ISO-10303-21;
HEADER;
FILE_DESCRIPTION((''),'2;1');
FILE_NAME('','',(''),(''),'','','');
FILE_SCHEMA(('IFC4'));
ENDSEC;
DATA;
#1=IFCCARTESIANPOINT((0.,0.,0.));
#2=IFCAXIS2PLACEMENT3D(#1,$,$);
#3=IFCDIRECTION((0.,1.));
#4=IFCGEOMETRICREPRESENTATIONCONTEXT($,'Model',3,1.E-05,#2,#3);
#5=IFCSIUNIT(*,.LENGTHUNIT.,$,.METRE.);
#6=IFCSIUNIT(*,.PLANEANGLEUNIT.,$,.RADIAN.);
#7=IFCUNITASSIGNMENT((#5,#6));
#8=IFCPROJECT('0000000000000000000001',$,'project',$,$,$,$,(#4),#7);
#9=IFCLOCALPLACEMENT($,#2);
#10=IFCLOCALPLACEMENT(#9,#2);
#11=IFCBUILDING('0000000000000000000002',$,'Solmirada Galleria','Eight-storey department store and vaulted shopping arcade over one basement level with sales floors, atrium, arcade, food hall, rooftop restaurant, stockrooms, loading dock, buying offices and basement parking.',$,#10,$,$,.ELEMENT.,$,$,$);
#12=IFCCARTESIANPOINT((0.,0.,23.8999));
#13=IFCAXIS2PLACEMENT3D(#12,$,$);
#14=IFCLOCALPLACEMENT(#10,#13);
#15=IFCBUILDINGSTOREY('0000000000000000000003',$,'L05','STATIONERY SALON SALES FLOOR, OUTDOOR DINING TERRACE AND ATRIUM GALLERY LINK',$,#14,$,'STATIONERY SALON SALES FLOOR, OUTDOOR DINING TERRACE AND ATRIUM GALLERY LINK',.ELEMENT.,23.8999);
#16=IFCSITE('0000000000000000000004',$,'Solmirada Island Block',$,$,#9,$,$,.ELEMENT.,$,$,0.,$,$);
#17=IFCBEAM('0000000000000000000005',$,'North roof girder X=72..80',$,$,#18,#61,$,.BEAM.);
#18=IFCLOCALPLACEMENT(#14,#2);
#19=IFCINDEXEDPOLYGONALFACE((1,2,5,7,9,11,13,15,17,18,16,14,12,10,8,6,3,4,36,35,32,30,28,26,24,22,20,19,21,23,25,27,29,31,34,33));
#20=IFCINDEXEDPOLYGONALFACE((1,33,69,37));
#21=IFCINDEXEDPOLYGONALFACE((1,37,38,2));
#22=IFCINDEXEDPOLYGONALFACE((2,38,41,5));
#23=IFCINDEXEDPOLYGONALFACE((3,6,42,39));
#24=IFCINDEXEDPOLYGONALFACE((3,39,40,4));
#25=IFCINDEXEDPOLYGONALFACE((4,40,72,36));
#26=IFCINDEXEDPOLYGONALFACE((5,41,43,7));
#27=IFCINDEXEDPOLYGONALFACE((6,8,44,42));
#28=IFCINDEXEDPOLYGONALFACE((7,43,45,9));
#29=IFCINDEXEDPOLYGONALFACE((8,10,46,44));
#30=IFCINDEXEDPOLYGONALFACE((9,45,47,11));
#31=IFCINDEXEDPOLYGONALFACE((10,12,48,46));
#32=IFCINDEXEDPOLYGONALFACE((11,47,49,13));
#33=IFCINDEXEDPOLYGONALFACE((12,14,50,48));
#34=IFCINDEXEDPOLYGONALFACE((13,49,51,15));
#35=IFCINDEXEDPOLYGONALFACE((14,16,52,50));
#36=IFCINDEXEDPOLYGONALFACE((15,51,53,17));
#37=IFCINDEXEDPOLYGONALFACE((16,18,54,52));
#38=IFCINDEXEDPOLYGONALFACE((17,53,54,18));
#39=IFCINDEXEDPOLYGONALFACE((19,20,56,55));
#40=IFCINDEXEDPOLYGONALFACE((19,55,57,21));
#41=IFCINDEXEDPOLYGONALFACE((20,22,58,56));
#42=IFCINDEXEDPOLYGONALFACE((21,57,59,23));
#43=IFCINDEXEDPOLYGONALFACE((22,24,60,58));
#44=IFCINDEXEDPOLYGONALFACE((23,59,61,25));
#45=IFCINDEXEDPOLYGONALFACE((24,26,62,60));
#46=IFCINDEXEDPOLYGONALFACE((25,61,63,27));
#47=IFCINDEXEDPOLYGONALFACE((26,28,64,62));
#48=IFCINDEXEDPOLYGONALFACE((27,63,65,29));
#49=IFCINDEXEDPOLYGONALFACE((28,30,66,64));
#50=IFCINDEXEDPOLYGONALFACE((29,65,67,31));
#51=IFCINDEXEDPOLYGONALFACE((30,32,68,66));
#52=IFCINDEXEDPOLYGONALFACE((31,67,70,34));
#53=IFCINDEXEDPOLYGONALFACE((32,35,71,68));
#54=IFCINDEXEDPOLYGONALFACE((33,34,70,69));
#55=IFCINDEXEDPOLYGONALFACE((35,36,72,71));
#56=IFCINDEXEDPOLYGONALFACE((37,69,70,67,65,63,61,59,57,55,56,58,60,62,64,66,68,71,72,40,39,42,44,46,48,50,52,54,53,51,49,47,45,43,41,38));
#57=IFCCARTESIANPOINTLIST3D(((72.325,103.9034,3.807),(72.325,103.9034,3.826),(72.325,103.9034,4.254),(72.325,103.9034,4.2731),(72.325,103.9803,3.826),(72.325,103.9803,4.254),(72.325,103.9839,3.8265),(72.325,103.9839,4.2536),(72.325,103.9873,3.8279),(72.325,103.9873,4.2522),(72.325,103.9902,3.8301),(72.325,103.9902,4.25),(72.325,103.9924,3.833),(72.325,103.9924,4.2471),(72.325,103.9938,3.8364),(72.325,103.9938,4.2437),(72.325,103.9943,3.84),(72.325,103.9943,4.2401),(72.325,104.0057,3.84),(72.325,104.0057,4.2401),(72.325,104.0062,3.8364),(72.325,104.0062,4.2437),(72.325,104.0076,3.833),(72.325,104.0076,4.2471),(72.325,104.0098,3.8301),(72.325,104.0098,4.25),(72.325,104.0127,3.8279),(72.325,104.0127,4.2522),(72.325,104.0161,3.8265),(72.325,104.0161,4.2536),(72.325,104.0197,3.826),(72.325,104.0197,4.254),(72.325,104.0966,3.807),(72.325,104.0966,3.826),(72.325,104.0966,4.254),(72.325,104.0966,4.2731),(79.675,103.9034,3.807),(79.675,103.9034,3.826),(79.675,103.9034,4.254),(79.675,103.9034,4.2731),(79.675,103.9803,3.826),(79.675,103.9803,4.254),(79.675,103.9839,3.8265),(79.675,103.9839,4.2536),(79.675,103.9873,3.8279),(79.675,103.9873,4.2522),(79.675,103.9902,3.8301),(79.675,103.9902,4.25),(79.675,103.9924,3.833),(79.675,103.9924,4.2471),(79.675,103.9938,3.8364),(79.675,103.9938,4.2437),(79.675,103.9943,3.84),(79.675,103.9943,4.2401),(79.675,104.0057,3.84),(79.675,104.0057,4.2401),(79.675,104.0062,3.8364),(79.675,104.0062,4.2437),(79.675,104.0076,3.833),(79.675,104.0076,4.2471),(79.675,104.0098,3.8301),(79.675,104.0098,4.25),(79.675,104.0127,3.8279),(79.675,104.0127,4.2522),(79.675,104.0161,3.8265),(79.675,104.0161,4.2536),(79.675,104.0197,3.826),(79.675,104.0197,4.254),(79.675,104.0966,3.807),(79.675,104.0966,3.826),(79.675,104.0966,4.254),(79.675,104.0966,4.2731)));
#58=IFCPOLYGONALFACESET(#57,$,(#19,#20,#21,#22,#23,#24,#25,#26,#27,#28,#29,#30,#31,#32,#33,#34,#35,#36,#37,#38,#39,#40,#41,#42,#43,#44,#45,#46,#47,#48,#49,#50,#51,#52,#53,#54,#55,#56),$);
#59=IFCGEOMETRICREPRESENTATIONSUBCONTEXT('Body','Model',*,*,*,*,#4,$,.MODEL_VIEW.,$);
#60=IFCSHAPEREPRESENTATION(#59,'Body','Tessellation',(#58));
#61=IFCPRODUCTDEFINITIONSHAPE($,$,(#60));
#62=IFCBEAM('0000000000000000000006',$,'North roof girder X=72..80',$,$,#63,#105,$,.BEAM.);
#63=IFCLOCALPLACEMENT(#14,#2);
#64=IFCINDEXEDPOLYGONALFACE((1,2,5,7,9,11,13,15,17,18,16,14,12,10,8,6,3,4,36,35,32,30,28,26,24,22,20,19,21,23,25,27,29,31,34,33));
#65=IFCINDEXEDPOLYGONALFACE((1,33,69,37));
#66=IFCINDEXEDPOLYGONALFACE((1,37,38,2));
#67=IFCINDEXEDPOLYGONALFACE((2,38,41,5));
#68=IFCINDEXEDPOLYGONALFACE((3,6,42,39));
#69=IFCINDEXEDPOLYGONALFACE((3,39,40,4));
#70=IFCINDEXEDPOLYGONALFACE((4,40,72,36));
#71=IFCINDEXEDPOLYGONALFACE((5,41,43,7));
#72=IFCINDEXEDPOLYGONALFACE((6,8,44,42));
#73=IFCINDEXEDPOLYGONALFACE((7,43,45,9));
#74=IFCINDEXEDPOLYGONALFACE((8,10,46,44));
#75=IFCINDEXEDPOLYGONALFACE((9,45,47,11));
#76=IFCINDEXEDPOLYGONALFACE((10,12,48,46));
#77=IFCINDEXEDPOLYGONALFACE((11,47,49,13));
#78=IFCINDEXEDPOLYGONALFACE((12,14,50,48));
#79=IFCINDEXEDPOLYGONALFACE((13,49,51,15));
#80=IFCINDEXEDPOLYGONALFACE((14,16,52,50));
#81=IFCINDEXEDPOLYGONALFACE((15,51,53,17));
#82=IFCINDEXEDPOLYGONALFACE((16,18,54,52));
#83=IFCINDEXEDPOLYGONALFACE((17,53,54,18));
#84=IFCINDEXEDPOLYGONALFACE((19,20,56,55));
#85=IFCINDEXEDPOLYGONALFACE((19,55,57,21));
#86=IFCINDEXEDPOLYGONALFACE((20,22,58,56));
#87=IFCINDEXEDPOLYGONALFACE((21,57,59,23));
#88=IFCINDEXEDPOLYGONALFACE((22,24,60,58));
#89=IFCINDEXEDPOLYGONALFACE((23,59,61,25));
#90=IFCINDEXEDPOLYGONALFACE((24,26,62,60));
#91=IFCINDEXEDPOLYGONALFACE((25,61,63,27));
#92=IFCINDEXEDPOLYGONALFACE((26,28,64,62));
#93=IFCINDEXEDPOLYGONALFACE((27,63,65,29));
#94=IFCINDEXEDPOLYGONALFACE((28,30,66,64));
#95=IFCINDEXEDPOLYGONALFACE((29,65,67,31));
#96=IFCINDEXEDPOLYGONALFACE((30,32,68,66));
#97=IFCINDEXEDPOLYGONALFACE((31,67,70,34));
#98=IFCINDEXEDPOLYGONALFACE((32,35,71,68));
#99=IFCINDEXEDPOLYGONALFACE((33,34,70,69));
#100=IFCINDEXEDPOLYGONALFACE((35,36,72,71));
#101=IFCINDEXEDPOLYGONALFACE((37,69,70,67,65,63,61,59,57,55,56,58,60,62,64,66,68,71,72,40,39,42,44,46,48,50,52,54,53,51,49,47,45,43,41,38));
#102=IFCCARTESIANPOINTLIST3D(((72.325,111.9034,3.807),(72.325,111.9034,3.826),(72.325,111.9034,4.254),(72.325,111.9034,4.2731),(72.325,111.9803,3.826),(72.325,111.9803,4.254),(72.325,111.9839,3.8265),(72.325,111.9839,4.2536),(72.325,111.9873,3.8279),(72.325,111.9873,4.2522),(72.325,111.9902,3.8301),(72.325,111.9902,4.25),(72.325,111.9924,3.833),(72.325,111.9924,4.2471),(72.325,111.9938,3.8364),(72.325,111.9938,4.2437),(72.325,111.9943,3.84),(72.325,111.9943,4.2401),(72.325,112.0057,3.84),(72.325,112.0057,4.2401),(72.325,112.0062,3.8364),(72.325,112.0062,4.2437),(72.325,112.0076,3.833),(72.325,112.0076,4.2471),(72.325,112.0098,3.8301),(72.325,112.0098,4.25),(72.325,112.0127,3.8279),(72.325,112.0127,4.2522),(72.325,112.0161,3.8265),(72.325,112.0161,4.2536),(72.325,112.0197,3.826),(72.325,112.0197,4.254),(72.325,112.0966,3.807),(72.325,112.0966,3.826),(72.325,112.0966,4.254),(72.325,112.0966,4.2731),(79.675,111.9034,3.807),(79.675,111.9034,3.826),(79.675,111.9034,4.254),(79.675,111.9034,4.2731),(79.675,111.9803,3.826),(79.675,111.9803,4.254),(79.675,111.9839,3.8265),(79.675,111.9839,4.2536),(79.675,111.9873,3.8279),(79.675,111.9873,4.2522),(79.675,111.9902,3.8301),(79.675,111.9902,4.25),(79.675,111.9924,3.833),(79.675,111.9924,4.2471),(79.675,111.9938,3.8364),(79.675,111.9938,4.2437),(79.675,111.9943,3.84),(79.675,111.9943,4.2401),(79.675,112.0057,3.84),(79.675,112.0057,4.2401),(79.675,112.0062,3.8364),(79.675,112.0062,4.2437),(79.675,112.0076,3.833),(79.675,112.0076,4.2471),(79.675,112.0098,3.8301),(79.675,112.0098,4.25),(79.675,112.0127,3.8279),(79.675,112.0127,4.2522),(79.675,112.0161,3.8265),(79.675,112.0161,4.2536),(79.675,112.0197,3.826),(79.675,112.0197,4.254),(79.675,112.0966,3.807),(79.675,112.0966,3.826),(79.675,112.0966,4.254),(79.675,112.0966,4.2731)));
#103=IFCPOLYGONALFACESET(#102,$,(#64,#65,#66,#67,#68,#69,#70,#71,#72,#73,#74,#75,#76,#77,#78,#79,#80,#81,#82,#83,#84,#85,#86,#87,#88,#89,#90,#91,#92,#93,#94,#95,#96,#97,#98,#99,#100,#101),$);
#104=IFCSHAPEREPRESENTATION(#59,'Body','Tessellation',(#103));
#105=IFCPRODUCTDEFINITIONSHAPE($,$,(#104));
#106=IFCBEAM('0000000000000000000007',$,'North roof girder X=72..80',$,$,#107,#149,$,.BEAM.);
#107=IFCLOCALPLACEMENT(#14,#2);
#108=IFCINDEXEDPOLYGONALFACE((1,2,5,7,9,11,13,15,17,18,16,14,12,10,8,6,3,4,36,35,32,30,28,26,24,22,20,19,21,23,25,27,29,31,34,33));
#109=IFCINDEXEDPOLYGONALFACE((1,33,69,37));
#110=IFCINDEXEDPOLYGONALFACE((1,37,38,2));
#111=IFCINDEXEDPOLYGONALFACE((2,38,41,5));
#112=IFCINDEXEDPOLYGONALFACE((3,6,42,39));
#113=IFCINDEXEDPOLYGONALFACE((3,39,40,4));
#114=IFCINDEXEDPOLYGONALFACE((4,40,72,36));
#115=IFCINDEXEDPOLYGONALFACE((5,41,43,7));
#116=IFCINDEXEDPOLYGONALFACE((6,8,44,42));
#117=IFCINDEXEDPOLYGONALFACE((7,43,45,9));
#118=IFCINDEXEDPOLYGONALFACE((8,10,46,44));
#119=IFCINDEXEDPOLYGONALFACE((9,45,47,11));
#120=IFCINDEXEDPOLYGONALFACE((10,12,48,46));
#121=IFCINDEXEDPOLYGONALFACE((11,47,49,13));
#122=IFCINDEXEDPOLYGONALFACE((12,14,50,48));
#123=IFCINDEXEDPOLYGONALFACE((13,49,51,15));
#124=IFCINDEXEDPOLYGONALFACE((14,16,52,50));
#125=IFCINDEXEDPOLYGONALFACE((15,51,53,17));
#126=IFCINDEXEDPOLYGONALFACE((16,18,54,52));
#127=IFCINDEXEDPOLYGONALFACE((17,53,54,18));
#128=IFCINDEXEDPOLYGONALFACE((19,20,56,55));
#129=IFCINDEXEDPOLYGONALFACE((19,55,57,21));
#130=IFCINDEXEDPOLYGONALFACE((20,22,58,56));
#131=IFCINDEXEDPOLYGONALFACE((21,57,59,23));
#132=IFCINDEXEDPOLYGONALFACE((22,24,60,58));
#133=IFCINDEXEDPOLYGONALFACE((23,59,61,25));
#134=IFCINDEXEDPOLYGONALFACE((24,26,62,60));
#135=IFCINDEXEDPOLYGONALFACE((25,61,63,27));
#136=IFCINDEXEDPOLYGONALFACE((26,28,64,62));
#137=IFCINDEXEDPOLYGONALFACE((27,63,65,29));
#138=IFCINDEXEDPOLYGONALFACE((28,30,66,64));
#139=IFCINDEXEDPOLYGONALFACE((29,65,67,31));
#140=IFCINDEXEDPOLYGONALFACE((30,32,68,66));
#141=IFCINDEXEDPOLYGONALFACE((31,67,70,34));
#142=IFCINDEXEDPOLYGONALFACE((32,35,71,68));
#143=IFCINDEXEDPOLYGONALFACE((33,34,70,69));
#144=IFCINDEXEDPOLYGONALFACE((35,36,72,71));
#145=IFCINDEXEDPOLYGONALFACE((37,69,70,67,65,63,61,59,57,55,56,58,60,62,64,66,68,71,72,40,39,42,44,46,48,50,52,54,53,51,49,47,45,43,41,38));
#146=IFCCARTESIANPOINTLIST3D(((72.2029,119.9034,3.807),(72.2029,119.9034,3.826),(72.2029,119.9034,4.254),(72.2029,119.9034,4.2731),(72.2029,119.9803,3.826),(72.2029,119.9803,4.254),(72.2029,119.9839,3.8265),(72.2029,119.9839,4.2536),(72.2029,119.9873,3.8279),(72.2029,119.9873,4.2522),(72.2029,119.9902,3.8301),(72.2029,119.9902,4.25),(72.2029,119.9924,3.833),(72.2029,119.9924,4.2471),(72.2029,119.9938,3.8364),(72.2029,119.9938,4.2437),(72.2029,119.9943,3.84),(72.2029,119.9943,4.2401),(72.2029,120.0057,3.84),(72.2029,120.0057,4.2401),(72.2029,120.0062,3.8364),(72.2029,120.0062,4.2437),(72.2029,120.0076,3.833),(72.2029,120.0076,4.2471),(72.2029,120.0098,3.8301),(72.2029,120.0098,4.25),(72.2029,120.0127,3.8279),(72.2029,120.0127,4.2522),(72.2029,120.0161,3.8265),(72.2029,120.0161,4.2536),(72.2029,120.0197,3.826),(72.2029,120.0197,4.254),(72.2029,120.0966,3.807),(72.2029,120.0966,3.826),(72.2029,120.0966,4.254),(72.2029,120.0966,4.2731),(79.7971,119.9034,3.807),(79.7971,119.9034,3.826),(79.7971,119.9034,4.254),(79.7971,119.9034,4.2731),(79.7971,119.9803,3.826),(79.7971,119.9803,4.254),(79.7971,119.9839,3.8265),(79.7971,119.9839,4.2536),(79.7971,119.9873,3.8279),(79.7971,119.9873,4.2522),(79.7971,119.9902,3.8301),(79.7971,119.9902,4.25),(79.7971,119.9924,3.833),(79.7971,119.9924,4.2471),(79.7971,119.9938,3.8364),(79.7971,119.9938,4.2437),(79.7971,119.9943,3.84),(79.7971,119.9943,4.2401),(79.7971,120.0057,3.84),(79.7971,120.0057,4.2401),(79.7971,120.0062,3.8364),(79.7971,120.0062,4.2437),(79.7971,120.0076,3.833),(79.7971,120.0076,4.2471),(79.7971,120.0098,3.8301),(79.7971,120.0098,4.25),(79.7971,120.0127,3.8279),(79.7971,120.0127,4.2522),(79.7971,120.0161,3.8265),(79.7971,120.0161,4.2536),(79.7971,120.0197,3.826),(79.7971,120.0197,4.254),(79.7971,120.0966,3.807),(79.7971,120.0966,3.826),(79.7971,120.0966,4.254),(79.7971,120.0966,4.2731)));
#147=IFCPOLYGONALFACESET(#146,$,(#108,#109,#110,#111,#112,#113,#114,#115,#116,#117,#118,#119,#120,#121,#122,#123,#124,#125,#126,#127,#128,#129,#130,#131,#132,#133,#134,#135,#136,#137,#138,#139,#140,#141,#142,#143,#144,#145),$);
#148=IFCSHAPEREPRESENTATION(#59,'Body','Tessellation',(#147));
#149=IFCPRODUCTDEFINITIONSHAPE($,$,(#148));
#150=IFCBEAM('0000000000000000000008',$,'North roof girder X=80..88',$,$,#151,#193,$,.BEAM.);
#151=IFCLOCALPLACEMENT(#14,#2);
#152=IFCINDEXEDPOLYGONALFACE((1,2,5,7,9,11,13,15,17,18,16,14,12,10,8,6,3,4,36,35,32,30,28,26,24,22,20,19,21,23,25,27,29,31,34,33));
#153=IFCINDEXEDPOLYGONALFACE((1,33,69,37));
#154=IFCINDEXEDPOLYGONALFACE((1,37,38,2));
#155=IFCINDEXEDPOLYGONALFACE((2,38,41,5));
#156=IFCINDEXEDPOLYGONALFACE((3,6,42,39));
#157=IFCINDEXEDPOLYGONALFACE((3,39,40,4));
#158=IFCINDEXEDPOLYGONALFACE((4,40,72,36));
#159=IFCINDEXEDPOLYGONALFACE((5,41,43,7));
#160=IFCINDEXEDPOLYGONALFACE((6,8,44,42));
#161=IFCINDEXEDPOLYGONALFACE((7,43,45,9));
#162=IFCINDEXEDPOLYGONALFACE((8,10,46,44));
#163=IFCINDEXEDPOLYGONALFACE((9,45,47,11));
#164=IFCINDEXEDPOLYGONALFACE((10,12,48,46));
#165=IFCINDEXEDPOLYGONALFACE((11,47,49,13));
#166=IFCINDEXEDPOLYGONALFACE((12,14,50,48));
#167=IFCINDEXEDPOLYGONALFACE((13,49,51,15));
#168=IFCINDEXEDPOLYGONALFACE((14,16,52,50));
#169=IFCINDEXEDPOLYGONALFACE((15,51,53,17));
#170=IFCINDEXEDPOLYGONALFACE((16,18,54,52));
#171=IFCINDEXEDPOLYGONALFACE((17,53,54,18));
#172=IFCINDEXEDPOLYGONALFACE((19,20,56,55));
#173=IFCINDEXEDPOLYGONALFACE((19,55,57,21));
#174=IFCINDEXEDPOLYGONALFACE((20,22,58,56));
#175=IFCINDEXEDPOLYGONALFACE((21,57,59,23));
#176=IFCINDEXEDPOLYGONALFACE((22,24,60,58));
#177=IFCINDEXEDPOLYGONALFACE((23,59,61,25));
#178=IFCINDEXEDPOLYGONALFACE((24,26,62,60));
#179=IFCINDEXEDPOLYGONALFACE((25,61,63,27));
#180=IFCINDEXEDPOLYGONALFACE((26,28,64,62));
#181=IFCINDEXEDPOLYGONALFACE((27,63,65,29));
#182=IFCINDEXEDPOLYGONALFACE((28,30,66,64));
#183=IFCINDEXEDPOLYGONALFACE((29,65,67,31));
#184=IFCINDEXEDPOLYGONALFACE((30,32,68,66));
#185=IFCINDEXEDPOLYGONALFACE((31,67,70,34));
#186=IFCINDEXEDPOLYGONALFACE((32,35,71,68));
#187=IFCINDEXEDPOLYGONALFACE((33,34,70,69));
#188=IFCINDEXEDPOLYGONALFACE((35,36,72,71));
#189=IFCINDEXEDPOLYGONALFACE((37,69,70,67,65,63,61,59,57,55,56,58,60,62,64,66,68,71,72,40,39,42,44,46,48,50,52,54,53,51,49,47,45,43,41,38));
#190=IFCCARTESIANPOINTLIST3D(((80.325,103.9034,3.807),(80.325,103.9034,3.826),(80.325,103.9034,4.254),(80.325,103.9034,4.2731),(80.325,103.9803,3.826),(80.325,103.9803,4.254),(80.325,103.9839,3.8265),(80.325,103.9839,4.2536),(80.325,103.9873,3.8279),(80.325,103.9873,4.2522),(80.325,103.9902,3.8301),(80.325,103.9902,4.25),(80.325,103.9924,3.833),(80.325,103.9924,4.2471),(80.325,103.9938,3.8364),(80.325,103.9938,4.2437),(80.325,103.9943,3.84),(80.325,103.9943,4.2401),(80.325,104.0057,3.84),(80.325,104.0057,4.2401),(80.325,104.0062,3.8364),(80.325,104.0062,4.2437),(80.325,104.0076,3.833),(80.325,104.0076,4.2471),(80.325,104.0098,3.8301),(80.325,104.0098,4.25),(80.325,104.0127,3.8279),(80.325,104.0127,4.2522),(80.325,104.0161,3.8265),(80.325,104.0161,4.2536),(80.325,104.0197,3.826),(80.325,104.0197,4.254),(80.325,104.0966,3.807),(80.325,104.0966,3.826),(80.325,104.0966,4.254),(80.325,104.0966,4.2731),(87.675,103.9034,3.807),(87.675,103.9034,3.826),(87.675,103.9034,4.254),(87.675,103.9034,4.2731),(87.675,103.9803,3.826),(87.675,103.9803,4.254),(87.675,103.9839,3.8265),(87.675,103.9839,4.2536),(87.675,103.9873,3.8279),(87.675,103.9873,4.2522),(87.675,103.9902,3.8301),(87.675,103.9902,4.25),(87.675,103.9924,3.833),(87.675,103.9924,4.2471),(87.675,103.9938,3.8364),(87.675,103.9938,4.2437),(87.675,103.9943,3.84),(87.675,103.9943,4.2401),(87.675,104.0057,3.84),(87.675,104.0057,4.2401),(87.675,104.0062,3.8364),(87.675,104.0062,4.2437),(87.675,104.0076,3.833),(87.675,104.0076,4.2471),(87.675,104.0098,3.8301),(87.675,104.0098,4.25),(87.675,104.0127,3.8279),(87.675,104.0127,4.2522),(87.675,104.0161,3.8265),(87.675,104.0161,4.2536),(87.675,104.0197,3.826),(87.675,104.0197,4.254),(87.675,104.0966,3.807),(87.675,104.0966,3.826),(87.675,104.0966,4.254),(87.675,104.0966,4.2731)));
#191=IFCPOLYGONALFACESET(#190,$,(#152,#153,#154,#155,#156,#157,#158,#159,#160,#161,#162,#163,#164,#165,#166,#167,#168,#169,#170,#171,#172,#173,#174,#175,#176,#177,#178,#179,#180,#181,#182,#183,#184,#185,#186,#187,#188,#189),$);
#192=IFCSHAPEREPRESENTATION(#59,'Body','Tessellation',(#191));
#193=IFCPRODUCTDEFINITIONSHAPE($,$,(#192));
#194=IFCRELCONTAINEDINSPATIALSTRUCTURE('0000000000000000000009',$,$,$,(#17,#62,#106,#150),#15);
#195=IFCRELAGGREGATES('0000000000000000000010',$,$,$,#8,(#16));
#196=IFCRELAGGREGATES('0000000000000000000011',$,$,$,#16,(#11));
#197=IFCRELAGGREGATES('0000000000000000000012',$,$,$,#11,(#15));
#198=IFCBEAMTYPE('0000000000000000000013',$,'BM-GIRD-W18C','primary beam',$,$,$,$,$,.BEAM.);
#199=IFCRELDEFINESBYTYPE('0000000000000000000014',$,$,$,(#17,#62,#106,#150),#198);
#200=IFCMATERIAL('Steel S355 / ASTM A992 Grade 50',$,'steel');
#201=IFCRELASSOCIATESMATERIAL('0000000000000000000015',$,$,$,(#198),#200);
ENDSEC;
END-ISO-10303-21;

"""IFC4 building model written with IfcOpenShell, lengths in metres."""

from ifc_helpers import new_model, si_unit, direction, frame, origin, origin_2d, place, context, subcontext, project, spatial, i_section, extrude, material, material_profile, profile_set, type_object, element, save


model = new_model("IFC4")

# Units and contexts
model_context = context("Model", 3, precision=1e-05, world=origin(), true_north=direction((0.0, 1.0)))
body_context = subcontext(model_context, "Body", "Model", "MODEL_VIEW")
ifc_project = project(units=[si_unit("LENGTHUNIT", "METRE"), si_unit("PLANEANGLEUNIT", "RADIAN")], contexts=[model_context])

# Site, building, storey
site_placement = place(None, origin())
site = spatial("IfcSite", under=ifc_project, at=site_placement, Name="Solmirada Island Block", CompositionType="ELEMENT", RefElevation=0.0)
building_placement = place(site_placement, origin())
building = spatial("IfcBuilding", under=site, at=building_placement, Name="Solmirada Galleria", Description="Eight-storey department store and vaulted shopping arcade over one basement level with sales floors, atrium, arcade, food hall, rooftop restaurant, stockrooms, loading dock, buying offices and basement parking.", CompositionType="ELEMENT")
storey_placement = place(building_placement, frame((0.0, 0.0, 23.8999)))
storey = spatial("IfcBuildingStorey", under=building, at=storey_placement, Name="L05", Description="STATIONERY SALON SALES FLOOR, OUTDOOR DINING TERRACE AND ATRIUM GALLERY LINK", LongName="STATIONERY SALON SALES FLOOR, OUTDOOR DINING TERRACE AND ATRIUM GALLERY LINK", CompositionType="ELEMENT", Elevation=23.8999)

# Beams
ifc_material_1 = material(Name="Steel S355 / ASTM A992 Grade 50", Category="steel")
ifc_material_profile_1 = material_profile(ifc_material_1, i_section(OverallWidth=0.1931, OverallDepth=0.4661, WebThickness=0.0115, FlangeThickness=0.019, FilletRadius=0.0139, at=origin_2d()), Name="W18X65")
ifc_profile_set_1 = profile_set([ifc_material_profile_1], Name="Steel S355 / ASTM A992 Grade 50")
beam_type = type_object("IfcBeamType", Name="BM-GIRD-W18C", Description="primary beam", PredefinedType="BEAM", material=ifc_profile_set_1)
for number, where, z_axis, x_axis, name in (
    (1, (72.325, 104.0, 4.04), (1.0, 0.0, 0.0), (0.0, 1.0, 0.0), "North roof girder X=72..80"),
    (2, (72.325, 112.0, 4.04), (1.0, 0.0, 0.0), (0.0, 1.0, 0.0), "North roof girder X=72..80"),
):
    element("IfcBeam", number, at=place(storey_placement, frame(where, z_axis=z_axis, x_axis=x_axis)), inside=storey, type_object=beam_type, Name=name, PredefinedType="BEAM", context=body_context, shape_type="SweptSolid", body=[
        extrude(i_section(OverallWidth=0.1931, OverallDepth=0.4661, WebThickness=0.0115, FlangeThickness=0.019, FilletRadius=0.0139, at=origin_2d()), origin(), (0.0, 0.0, 1.0), 7.3501),
    ])
beam_1_placement = place(storey_placement, frame((72.2029, 120.0, 4.04), z_axis=(1.0, 0.0, 0.0), x_axis=(0.0, 1.0, 0.0)))
element("IfcBeam", 3, at=beam_1_placement, inside=storey, type_object=beam_type, Name="North roof girder X=72..80", PredefinedType="BEAM", context=body_context, shape_type="SweptSolid", body=[
    extrude(i_section(OverallWidth=0.1931, OverallDepth=0.4661, WebThickness=0.0115, FlangeThickness=0.019, FilletRadius=0.0139, at=origin_2d()), origin(), (0.0, 0.0, 1.0), 7.5942),
])
for number, where, z_axis, x_axis, name in (
    (4, (80.325, 104.0, 4.04), (1.0, 0.0, 0.0), (0.0, 1.0, 0.0), "North roof girder X=80..88"),
):
    element("IfcBeam", number, at=place(storey_placement, frame(where, z_axis=z_axis, x_axis=x_axis)), inside=storey, type_object=beam_type, Name=name, PredefinedType="BEAM", context=body_context, shape_type="SweptSolid", body=[
        extrude(i_section(OverallWidth=0.1931, OverallDepth=0.4661, WebThickness=0.0115, FlangeThickness=0.019, FilletRadius=0.0139, at=origin_2d()), origin(), (0.0, 0.0, 1.0), 7.3501),
    ])

save(model, "model.ifc")
